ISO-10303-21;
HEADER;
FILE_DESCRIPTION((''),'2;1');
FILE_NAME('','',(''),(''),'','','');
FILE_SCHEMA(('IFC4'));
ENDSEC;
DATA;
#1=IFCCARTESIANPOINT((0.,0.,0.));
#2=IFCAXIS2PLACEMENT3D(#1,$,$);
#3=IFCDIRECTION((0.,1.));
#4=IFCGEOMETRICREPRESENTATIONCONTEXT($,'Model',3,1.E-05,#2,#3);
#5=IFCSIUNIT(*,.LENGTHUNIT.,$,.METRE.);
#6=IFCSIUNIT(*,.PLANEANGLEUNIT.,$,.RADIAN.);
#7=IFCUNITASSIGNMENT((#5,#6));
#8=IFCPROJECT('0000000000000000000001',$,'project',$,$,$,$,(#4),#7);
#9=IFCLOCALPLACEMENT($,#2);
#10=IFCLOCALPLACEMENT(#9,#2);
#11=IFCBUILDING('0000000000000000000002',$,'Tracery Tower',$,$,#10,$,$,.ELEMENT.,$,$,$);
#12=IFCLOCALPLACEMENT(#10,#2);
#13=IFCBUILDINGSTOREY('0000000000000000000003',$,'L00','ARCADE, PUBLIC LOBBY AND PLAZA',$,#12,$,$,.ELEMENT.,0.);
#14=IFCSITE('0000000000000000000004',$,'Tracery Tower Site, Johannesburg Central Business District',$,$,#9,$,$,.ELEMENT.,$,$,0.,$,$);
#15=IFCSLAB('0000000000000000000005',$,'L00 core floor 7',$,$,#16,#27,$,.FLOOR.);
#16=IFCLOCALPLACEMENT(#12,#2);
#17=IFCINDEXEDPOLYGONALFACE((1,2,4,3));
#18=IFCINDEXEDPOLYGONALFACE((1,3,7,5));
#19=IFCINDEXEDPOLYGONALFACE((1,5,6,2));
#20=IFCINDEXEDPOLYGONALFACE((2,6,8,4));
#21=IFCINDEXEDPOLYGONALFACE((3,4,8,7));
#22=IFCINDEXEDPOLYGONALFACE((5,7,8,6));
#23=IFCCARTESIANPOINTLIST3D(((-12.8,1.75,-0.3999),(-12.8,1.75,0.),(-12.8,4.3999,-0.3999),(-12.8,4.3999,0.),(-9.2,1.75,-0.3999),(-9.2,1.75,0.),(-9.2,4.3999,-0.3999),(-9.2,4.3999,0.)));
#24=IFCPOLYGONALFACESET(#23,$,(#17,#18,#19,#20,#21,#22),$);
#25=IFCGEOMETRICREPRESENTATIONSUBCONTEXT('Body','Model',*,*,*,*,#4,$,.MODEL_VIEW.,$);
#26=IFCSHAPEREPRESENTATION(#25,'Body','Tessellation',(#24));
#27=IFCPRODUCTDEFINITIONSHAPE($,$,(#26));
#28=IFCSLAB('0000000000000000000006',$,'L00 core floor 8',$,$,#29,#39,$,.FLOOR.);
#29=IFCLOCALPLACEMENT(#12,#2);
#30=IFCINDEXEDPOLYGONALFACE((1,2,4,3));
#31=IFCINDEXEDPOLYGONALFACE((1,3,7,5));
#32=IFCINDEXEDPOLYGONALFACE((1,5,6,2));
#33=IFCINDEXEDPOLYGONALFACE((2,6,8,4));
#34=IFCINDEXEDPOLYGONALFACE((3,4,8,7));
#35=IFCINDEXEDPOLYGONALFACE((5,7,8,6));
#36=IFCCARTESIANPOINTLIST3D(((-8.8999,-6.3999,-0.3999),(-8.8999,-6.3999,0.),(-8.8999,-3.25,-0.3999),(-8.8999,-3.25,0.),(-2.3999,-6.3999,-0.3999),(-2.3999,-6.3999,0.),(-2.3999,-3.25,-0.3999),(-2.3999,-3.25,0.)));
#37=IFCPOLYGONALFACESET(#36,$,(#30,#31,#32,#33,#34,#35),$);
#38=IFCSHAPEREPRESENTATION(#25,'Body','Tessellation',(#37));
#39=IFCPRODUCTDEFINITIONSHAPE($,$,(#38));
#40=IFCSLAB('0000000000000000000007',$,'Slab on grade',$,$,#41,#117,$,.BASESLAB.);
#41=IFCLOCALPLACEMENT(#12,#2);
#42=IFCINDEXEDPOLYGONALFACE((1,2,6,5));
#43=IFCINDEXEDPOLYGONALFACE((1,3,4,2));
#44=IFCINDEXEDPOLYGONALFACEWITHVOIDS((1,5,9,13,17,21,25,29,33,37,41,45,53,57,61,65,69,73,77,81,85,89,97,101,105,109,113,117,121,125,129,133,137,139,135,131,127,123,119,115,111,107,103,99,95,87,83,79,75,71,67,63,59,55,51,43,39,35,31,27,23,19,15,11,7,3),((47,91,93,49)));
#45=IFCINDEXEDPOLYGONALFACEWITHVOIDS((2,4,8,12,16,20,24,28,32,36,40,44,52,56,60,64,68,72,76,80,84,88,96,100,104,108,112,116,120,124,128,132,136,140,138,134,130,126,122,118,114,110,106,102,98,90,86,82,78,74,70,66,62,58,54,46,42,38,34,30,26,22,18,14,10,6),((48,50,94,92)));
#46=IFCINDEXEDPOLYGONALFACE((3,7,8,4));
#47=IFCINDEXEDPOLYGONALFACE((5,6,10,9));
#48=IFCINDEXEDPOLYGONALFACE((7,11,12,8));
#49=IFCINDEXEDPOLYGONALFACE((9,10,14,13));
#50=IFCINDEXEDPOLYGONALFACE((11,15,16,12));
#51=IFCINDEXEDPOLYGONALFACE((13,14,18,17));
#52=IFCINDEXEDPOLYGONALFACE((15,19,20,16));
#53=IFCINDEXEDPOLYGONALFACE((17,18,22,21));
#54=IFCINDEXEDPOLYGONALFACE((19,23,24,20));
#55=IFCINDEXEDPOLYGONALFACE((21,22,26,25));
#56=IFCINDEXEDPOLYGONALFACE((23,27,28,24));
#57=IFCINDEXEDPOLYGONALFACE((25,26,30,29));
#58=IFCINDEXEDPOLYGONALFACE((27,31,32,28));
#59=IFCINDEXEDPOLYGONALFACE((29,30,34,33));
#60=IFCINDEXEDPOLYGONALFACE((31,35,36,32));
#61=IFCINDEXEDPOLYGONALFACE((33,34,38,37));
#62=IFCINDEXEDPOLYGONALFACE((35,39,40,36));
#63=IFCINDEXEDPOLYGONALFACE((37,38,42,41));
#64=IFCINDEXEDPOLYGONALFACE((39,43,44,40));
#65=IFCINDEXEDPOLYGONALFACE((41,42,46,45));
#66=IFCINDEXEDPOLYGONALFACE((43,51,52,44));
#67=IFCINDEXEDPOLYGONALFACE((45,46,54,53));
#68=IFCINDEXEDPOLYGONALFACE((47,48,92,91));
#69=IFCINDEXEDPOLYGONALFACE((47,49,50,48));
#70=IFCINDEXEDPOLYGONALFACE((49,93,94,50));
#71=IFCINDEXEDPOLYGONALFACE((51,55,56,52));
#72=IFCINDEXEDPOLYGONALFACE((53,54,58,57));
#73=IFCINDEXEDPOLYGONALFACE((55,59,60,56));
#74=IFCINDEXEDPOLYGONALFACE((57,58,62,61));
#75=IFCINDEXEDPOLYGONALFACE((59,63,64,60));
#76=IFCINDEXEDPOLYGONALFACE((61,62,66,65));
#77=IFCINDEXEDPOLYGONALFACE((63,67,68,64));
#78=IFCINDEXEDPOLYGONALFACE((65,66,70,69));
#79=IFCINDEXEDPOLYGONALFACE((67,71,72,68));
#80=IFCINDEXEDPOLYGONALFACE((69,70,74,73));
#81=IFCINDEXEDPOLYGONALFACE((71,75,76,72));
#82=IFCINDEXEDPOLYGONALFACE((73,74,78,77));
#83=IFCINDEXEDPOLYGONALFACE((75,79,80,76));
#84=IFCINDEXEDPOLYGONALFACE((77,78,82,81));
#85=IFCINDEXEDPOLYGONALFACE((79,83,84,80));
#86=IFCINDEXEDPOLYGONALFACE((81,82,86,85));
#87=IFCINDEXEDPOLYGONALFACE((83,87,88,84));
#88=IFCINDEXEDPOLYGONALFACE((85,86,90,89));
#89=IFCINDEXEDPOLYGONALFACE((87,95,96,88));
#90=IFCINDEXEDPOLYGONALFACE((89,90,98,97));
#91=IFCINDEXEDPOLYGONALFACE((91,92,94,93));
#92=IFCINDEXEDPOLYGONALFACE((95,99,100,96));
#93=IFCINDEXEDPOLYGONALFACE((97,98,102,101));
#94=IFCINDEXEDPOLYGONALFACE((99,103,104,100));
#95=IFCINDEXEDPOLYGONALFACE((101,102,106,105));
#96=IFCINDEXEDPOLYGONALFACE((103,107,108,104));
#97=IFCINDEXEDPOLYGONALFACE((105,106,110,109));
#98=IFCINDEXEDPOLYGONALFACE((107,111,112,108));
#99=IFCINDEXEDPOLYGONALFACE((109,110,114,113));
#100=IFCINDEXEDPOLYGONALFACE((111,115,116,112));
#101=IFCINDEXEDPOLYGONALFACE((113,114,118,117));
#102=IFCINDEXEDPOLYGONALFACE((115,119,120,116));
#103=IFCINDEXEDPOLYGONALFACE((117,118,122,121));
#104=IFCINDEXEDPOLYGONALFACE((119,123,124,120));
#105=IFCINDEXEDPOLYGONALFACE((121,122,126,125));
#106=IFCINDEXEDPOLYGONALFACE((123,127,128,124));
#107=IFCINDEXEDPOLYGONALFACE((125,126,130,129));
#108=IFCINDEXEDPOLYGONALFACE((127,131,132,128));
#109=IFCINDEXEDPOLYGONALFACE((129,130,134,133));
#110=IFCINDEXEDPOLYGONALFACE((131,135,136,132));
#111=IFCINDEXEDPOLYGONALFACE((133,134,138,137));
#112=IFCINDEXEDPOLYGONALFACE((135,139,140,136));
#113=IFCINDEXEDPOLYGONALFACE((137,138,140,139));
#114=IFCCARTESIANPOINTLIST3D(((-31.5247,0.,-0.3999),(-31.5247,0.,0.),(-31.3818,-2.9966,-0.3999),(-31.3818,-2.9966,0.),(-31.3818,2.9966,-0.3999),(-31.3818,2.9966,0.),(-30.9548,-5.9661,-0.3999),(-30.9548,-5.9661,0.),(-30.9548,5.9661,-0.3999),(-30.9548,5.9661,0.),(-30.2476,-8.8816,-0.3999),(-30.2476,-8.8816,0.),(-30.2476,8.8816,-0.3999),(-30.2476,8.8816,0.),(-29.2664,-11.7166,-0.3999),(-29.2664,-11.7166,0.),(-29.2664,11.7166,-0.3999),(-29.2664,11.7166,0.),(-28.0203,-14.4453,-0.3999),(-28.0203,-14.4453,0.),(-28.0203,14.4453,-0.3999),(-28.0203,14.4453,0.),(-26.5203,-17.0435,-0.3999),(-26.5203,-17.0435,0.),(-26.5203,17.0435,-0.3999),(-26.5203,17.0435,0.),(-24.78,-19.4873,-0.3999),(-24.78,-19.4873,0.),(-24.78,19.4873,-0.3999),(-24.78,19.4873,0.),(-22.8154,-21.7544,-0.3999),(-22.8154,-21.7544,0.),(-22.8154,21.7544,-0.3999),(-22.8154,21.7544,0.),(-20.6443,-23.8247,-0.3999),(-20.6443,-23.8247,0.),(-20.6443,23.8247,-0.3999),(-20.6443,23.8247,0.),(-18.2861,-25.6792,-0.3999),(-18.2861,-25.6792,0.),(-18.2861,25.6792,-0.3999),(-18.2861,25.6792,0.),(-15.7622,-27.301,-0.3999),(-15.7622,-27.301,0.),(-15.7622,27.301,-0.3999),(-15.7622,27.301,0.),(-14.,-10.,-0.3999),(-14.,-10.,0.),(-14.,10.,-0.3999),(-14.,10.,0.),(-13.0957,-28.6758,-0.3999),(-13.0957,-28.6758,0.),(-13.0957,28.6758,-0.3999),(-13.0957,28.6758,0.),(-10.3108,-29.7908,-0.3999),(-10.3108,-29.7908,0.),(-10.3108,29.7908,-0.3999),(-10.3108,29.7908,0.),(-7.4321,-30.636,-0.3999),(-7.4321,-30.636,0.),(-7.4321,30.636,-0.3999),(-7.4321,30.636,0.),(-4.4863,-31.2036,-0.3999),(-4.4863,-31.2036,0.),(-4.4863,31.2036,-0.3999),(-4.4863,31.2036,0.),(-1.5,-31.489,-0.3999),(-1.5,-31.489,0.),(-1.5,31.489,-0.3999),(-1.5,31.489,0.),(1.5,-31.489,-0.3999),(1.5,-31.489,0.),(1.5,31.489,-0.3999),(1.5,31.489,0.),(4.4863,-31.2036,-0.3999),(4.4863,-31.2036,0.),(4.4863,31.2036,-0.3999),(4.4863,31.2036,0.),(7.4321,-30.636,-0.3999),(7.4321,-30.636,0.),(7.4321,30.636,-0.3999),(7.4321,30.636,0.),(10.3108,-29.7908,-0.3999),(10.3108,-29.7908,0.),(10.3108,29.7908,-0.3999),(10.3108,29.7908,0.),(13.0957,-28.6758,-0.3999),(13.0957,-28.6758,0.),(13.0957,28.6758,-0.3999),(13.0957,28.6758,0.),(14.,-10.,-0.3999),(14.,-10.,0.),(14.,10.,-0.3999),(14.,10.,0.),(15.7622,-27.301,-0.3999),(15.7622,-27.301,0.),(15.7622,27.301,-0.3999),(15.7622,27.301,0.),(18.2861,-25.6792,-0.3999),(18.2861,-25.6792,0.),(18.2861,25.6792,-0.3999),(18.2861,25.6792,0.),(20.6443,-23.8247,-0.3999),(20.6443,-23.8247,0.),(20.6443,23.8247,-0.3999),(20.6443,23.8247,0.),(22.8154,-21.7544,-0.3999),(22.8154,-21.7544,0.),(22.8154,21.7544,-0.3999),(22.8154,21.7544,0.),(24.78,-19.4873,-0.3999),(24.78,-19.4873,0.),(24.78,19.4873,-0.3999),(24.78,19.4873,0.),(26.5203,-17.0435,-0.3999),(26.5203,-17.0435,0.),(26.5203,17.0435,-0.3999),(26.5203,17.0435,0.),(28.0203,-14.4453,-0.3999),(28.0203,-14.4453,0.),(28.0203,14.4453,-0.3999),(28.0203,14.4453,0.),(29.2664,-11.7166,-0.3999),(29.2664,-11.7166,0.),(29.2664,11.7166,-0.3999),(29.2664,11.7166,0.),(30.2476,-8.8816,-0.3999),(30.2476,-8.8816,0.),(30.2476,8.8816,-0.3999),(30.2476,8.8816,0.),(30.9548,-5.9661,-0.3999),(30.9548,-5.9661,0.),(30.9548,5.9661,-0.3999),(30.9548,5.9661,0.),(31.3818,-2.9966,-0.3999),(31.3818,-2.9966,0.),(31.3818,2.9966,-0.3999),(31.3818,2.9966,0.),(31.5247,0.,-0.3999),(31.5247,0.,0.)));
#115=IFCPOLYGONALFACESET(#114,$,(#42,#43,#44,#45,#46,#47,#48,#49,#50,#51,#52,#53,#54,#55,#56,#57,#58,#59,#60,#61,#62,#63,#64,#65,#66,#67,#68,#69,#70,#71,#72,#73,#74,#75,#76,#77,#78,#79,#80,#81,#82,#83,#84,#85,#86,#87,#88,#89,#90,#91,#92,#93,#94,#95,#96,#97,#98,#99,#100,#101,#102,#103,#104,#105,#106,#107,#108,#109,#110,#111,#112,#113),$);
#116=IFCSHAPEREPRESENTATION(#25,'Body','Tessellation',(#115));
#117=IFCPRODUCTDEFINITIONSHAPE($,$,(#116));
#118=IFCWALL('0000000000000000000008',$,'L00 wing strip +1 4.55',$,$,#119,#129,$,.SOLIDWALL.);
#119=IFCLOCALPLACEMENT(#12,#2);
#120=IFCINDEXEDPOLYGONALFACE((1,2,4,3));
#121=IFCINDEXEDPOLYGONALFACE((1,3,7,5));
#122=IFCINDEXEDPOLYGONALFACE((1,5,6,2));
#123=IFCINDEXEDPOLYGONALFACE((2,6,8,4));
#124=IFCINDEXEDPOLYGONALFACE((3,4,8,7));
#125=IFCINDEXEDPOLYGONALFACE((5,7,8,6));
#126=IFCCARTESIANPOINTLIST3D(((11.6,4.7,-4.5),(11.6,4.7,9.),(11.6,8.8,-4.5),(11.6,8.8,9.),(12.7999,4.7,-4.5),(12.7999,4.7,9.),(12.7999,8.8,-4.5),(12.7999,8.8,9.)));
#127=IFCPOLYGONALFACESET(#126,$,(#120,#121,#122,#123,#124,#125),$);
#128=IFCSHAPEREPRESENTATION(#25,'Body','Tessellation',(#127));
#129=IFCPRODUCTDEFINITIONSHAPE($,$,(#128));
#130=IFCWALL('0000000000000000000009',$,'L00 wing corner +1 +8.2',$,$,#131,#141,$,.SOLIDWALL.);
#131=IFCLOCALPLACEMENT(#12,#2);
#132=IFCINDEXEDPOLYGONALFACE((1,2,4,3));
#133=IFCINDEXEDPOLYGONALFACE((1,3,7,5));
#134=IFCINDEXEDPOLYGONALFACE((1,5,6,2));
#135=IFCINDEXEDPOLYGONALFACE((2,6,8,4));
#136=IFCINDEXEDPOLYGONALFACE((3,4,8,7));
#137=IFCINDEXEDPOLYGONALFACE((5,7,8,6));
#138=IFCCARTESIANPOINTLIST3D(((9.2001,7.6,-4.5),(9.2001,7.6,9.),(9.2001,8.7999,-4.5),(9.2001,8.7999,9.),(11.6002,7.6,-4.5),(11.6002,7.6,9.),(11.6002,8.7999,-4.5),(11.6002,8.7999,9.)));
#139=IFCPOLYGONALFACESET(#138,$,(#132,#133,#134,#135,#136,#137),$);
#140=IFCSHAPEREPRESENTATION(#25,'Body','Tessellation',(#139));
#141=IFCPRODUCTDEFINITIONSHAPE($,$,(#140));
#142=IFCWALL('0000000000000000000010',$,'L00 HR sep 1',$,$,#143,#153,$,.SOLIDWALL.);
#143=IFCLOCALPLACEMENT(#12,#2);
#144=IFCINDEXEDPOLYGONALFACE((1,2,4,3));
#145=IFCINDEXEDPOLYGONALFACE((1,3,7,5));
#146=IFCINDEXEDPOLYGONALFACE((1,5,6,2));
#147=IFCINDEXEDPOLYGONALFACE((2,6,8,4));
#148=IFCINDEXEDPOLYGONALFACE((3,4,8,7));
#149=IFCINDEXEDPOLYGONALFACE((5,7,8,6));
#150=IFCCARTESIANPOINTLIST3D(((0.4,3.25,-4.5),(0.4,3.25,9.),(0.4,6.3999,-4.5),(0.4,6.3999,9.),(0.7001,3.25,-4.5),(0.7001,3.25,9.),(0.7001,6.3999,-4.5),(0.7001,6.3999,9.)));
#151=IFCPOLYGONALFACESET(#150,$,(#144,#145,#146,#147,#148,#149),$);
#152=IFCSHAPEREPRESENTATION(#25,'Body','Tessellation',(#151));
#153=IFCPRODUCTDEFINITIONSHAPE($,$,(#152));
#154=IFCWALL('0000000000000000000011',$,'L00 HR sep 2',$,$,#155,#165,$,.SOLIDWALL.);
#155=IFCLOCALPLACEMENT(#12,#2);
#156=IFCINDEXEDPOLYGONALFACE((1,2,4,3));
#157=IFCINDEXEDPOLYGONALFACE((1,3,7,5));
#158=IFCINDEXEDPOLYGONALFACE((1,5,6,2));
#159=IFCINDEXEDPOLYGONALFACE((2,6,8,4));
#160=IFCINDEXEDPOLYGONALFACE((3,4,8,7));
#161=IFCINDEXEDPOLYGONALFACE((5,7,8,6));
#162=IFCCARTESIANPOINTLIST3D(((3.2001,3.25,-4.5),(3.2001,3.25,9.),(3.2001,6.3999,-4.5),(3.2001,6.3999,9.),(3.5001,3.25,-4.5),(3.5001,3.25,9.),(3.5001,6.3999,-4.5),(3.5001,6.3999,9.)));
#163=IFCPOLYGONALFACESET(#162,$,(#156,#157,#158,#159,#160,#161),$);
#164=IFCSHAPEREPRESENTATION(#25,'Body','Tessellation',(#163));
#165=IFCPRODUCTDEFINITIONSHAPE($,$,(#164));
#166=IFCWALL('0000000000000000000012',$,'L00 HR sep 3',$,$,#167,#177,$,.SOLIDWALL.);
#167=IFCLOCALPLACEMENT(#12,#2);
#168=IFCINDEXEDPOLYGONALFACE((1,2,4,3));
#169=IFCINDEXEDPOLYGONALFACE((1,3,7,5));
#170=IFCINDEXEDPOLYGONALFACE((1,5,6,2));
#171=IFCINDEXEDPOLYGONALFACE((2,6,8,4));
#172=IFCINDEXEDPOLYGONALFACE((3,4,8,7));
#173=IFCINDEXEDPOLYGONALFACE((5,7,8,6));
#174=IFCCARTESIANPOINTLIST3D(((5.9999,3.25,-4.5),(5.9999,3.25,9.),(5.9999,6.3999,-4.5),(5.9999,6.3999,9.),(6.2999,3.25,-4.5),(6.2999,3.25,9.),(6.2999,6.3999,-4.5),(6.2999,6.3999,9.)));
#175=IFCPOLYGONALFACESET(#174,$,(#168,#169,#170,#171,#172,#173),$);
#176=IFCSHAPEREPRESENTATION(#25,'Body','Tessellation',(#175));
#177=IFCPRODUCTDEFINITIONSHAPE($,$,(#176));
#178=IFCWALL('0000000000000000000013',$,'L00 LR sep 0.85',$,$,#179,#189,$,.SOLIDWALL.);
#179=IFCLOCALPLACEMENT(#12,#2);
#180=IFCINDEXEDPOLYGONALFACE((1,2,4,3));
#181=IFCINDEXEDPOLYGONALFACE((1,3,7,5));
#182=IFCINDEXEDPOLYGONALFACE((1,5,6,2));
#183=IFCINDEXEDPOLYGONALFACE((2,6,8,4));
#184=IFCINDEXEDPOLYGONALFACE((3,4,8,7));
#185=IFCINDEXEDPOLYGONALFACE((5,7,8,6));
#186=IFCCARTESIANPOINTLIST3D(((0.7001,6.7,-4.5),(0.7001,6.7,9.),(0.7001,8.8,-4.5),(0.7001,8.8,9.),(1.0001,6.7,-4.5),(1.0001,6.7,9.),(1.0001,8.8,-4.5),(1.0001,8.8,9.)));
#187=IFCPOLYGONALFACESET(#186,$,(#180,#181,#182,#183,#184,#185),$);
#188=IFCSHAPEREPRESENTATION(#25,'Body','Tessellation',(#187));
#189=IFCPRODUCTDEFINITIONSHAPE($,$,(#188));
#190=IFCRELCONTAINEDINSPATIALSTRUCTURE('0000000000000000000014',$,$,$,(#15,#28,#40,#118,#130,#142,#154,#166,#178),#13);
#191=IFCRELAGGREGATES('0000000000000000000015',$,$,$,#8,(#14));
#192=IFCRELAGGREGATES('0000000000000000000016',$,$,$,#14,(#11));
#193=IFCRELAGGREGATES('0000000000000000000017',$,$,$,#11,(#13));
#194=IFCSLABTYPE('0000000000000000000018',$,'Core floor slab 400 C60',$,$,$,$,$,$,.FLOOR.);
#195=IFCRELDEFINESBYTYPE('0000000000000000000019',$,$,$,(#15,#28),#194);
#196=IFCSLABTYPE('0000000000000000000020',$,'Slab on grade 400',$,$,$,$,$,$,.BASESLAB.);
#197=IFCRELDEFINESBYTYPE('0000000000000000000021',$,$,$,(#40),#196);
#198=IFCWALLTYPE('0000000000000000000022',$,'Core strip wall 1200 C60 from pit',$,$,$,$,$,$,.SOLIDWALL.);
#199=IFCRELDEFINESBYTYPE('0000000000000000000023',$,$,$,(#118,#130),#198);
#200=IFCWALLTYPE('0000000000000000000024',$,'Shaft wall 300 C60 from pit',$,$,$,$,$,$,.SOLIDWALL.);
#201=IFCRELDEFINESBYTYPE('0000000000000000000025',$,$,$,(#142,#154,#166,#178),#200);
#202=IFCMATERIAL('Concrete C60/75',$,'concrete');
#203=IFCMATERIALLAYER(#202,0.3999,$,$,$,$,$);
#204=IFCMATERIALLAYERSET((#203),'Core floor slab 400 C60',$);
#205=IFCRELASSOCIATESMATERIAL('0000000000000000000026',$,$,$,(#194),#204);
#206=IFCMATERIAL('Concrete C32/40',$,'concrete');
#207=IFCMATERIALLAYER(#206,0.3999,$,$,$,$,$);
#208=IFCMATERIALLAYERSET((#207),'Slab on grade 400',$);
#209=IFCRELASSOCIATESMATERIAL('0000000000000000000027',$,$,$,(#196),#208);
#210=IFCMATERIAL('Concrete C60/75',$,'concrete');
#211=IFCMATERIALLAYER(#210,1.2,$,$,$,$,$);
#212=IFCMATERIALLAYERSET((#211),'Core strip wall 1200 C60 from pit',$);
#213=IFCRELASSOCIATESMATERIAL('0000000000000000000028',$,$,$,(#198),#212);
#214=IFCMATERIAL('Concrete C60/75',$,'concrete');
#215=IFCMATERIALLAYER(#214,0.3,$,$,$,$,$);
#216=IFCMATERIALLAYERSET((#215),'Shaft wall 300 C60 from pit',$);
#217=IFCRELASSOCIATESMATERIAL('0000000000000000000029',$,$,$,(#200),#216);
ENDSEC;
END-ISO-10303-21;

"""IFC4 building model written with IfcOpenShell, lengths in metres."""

from ifc_helpers import new_model, si_unit, direction, frame, frame_2d, origin, place, context, subcontext, project, spatial, polyline, rectangle, outline, extrude, material, layer, layer_set, type_object, element, save


model = new_model("IFC4")

# Units and contexts
model_context = context("Model", 3, precision=1e-05, world=origin(), true_north=direction((0.0, 1.0)))
body_context = subcontext(model_context, "Body", "Model", "MODEL_VIEW")
ifc_project = project(units=[si_unit("LENGTHUNIT", "METRE"), si_unit("PLANEANGLEUNIT", "RADIAN")], contexts=[model_context])

# Site, building, storey
site_placement = place(None, origin())
site = spatial("IfcSite", under=ifc_project, at=site_placement, Name="Tracery Tower Site, Johannesburg Central Business District", CompositionType="ELEMENT", RefElevation=0.0)
building_placement = place(site_placement, origin())
building = spatial("IfcBuilding", under=site, at=building_placement, Name="Tracery Tower", CompositionType="ELEMENT")
storey_placement = place(building_placement, origin())
storey = spatial("IfcBuildingStorey", under=building, at=storey_placement, Name="L00", Description="ARCADE, PUBLIC LOBBY AND PLAZA", CompositionType="ELEMENT", Elevation=0.0)

# Slabs
ifc_material_1 = material(Name="Concrete C60/75", Category="concrete")
ifc_layer_1 = layer(ifc_material_1, 0.3999)
ifc_layer_set_1 = layer_set([ifc_layer_1], Name="Core floor slab 400 C60")
slab_type_1 = type_object("IfcSlabType", Name="Core floor slab 400 C60", PredefinedType="FLOOR", material=ifc_layer_set_1)
slab_1_placement = place(storey_placement, frame((0.0, 0.0, -0.3999)))
element("IfcSlab", 1, at=slab_1_placement, inside=storey, type_object=slab_type_1, Name="L00 core floor 7", PredefinedType="FLOOR", context=body_context, shape_type="SweptSolid", body=[
    extrude(outline(polyline([(-12.8, 1.75), (-12.8, 4.3999), (-9.2, 4.3999), (-9.2, 1.75), (-12.8, 1.75)])), origin(), (0.0, 0.0, 1.0), 0.3999),
])
slab_2_placement = place(storey_placement, frame((0.0, 0.0, -0.3999)))
element("IfcSlab", 2, at=slab_2_placement, inside=storey, type_object=slab_type_1, Name="L00 core floor 8", PredefinedType="FLOOR", context=body_context, shape_type="SweptSolid", body=[
    extrude(outline(polyline([(-8.8999, -6.3999), (-8.8999, -3.25), (-2.3999, -3.25), (-2.3999, -6.3999), (-8.8999, -6.3999)])), origin(), (0.0, 0.0, 1.0), 0.3999),
])
ifc_material_2 = material(Name="Concrete C32/40", Category="concrete")
ifc_layer_2 = layer(ifc_material_2, 0.3999)
ifc_layer_set_2 = layer_set([ifc_layer_2], Name="Slab on grade 400")
slab_type_2 = type_object("IfcSlabType", Name="Slab on grade 400", PredefinedType="BASESLAB", material=ifc_layer_set_2)
slab_3_placement = place(storey_placement, frame((0.0, 0.0, -0.3999)))
element("IfcSlab", 3, at=slab_3_placement, inside=storey, type_object=slab_type_2, Name="Slab on grade", PredefinedType="BASESLAB", context=body_context, shape_type="SweptSolid", body=[
    extrude(outline(polyline([(31.5247, 0.0), (31.3818, 2.9966), (30.9548, 5.9661), (30.2476, 8.8816), (29.2664, 11.7166), (28.0203, 14.4453), (26.5203, 17.0435), (24.78, 19.4873), (22.8154, 21.7544), (20.6443, 23.8247), (18.2861, 25.6792), (15.7622, 27.301), (13.0957, 28.6758), (10.3108, 29.7908), (7.4321, 30.636), (4.4863, 31.2036), (1.5, 31.489), (-1.5, 31.489), (-4.4863, 31.2036), (-7.4321, 30.636), (-10.3108, 29.7908), (-13.0957, 28.6758), (-15.7622, 27.301), (-18.2861, 25.6792), (-20.6443, 23.8247), (-22.8154, 21.7544), (-24.78, 19.4873), (-26.5203, 17.0435), (-28.0203, 14.4453), (-29.2664, 11.7166), (-30.2476, 8.8816), (-30.9548, 5.9661), (-31.3818, 2.9966), (-31.5247, 0.0), (-31.3818, -2.9966), (-30.9548, -5.9661), (-30.2476, -8.8816), (-29.2664, -11.7166), (-28.0203, -14.4453), (-26.5203, -17.0435), (-24.78, -19.4873), (-22.8154, -21.7544), (-20.6443, -23.8247), (-18.2861, -25.6792), (-15.7622, -27.301), (-13.0957, -28.6758), (-10.3108, -29.7908), (-7.4321, -30.636), (-4.4863, -31.2036), (-1.5, -31.489), (1.5, -31.489), (4.4863, -31.2036), (7.4321, -30.636), (10.3108, -29.7908), (13.0957, -28.6758), (15.7622, -27.301), (18.2861, -25.6792), (20.6443, -23.8247), (22.8154, -21.7544), (24.78, -19.4873), (26.5203, -17.0435), (28.0203, -14.4453), (29.2664, -11.7166), (30.2476, -8.8816), (30.9548, -5.9661), (31.3818, -2.9966), (31.5247, 0.0)]), holes=[polyline([(-14.0, -10.0), (14.0, -10.0), (14.0, 10.0), (-14.0, 10.0), (-14.0, -10.0)])]), origin(), (0.0, 0.0, 1.0), 0.3999),
])

# Walls
ifc_material_3 = material(Name="Concrete C60/75", Category="concrete")
ifc_layer_3 = layer(ifc_material_3, 1.2)
ifc_layer_set_3 = layer_set([ifc_layer_3], Name="Core strip wall 1200 C60 from pit")
wall_type_1 = type_object("IfcWallType", Name="Core strip wall 1200 C60 from pit", PredefinedType="SOLIDWALL", material=ifc_layer_set_3)
wall_1_placement = place(storey_placement, frame((12.2, 4.7, -4.5), z_axis=(0.0, 0.0, 1.0), x_axis=(0.0, 1.0, 0.0)))
element("IfcWall", 4, at=wall_1_placement, inside=storey, type_object=wall_type_1, Name="L00 wing strip +1 4.55", PredefinedType="SOLIDWALL", context=body_context, shape_type="SweptSolid", body=[
    extrude(rectangle(XDim=4.1001, YDim=1.2, at=frame_2d((2.05, 0.0))), origin(), (0.0, 0.0, 1.0), 13.5),
])
wall_2_placement = place(storey_placement, frame((9.2, 8.2, -4.5), z_axis=(0.0, 0.0, 1.0), x_axis=(1.0, 0.0, 0.0)))
element("IfcWall", 5, at=wall_2_placement, inside=storey, type_object=wall_type_1, Name="L00 wing corner +1 +8.2", PredefinedType="SOLIDWALL", context=body_context, shape_type="SweptSolid", body=[
    extrude(rectangle(XDim=2.4001, YDim=1.2, at=frame_2d((1.2002, 0.0))), origin(), (0.0, 0.0, 1.0), 13.5),
])
ifc_material_4 = material(Name="Concrete C60/75", Category="concrete")
ifc_layer_4 = layer(ifc_material_4, 0.3)
ifc_layer_set_4 = layer_set([ifc_layer_4], Name="Shaft wall 300 C60 from pit")
wall_type_2 = type_object("IfcWallType", Name="Shaft wall 300 C60 from pit", PredefinedType="SOLIDWALL", material=ifc_layer_set_4)
for number, where, z_axis, x_axis, name in (
    (6, (0.55, 3.25, -4.5), (0.0, 0.0, 1.0), (0.0, 1.0, 0.0), "L00 HR sep 1"),
    (7, (3.3501, 3.25, -4.5), (0.0, 0.0, 1.0), (0.0, 1.0, 0.0), "L00 HR sep 2"),
    (8, (6.1499, 3.25, -4.5), (0.0, 0.0, 1.0), (0.0, 1.0, 0.0), "L00 HR sep 3"),
):
    element("IfcWall", number, at=place(storey_placement, frame(where, z_axis=z_axis, x_axis=x_axis)), inside=storey, type_object=wall_type_2, Name=name, PredefinedType="SOLIDWALL", context=body_context, shape_type="SweptSolid", body=[
        extrude(rectangle(XDim=3.1499, YDim=0.3, at=frame_2d((1.575, 0.0))), origin(), (0.0, 0.0, 1.0), 13.5),
    ])
wall_3_placement = place(storey_placement, frame((0.8501, 6.7, -4.5), z_axis=(0.0, 0.0, 1.0), x_axis=(0.0, 1.0, 0.0)))
element("IfcWall", 9, at=wall_3_placement, inside=storey, type_object=wall_type_2, Name="L00 LR sep 0.85", PredefinedType="SOLIDWALL", context=body_context, shape_type="SweptSolid", body=[
    extrude(rectangle(XDim=2.1001, YDim=0.3, at=frame_2d((1.05, 0.0))), origin(), (0.0, 0.0, 1.0), 13.5),
])

save(model, "model.ifc")
